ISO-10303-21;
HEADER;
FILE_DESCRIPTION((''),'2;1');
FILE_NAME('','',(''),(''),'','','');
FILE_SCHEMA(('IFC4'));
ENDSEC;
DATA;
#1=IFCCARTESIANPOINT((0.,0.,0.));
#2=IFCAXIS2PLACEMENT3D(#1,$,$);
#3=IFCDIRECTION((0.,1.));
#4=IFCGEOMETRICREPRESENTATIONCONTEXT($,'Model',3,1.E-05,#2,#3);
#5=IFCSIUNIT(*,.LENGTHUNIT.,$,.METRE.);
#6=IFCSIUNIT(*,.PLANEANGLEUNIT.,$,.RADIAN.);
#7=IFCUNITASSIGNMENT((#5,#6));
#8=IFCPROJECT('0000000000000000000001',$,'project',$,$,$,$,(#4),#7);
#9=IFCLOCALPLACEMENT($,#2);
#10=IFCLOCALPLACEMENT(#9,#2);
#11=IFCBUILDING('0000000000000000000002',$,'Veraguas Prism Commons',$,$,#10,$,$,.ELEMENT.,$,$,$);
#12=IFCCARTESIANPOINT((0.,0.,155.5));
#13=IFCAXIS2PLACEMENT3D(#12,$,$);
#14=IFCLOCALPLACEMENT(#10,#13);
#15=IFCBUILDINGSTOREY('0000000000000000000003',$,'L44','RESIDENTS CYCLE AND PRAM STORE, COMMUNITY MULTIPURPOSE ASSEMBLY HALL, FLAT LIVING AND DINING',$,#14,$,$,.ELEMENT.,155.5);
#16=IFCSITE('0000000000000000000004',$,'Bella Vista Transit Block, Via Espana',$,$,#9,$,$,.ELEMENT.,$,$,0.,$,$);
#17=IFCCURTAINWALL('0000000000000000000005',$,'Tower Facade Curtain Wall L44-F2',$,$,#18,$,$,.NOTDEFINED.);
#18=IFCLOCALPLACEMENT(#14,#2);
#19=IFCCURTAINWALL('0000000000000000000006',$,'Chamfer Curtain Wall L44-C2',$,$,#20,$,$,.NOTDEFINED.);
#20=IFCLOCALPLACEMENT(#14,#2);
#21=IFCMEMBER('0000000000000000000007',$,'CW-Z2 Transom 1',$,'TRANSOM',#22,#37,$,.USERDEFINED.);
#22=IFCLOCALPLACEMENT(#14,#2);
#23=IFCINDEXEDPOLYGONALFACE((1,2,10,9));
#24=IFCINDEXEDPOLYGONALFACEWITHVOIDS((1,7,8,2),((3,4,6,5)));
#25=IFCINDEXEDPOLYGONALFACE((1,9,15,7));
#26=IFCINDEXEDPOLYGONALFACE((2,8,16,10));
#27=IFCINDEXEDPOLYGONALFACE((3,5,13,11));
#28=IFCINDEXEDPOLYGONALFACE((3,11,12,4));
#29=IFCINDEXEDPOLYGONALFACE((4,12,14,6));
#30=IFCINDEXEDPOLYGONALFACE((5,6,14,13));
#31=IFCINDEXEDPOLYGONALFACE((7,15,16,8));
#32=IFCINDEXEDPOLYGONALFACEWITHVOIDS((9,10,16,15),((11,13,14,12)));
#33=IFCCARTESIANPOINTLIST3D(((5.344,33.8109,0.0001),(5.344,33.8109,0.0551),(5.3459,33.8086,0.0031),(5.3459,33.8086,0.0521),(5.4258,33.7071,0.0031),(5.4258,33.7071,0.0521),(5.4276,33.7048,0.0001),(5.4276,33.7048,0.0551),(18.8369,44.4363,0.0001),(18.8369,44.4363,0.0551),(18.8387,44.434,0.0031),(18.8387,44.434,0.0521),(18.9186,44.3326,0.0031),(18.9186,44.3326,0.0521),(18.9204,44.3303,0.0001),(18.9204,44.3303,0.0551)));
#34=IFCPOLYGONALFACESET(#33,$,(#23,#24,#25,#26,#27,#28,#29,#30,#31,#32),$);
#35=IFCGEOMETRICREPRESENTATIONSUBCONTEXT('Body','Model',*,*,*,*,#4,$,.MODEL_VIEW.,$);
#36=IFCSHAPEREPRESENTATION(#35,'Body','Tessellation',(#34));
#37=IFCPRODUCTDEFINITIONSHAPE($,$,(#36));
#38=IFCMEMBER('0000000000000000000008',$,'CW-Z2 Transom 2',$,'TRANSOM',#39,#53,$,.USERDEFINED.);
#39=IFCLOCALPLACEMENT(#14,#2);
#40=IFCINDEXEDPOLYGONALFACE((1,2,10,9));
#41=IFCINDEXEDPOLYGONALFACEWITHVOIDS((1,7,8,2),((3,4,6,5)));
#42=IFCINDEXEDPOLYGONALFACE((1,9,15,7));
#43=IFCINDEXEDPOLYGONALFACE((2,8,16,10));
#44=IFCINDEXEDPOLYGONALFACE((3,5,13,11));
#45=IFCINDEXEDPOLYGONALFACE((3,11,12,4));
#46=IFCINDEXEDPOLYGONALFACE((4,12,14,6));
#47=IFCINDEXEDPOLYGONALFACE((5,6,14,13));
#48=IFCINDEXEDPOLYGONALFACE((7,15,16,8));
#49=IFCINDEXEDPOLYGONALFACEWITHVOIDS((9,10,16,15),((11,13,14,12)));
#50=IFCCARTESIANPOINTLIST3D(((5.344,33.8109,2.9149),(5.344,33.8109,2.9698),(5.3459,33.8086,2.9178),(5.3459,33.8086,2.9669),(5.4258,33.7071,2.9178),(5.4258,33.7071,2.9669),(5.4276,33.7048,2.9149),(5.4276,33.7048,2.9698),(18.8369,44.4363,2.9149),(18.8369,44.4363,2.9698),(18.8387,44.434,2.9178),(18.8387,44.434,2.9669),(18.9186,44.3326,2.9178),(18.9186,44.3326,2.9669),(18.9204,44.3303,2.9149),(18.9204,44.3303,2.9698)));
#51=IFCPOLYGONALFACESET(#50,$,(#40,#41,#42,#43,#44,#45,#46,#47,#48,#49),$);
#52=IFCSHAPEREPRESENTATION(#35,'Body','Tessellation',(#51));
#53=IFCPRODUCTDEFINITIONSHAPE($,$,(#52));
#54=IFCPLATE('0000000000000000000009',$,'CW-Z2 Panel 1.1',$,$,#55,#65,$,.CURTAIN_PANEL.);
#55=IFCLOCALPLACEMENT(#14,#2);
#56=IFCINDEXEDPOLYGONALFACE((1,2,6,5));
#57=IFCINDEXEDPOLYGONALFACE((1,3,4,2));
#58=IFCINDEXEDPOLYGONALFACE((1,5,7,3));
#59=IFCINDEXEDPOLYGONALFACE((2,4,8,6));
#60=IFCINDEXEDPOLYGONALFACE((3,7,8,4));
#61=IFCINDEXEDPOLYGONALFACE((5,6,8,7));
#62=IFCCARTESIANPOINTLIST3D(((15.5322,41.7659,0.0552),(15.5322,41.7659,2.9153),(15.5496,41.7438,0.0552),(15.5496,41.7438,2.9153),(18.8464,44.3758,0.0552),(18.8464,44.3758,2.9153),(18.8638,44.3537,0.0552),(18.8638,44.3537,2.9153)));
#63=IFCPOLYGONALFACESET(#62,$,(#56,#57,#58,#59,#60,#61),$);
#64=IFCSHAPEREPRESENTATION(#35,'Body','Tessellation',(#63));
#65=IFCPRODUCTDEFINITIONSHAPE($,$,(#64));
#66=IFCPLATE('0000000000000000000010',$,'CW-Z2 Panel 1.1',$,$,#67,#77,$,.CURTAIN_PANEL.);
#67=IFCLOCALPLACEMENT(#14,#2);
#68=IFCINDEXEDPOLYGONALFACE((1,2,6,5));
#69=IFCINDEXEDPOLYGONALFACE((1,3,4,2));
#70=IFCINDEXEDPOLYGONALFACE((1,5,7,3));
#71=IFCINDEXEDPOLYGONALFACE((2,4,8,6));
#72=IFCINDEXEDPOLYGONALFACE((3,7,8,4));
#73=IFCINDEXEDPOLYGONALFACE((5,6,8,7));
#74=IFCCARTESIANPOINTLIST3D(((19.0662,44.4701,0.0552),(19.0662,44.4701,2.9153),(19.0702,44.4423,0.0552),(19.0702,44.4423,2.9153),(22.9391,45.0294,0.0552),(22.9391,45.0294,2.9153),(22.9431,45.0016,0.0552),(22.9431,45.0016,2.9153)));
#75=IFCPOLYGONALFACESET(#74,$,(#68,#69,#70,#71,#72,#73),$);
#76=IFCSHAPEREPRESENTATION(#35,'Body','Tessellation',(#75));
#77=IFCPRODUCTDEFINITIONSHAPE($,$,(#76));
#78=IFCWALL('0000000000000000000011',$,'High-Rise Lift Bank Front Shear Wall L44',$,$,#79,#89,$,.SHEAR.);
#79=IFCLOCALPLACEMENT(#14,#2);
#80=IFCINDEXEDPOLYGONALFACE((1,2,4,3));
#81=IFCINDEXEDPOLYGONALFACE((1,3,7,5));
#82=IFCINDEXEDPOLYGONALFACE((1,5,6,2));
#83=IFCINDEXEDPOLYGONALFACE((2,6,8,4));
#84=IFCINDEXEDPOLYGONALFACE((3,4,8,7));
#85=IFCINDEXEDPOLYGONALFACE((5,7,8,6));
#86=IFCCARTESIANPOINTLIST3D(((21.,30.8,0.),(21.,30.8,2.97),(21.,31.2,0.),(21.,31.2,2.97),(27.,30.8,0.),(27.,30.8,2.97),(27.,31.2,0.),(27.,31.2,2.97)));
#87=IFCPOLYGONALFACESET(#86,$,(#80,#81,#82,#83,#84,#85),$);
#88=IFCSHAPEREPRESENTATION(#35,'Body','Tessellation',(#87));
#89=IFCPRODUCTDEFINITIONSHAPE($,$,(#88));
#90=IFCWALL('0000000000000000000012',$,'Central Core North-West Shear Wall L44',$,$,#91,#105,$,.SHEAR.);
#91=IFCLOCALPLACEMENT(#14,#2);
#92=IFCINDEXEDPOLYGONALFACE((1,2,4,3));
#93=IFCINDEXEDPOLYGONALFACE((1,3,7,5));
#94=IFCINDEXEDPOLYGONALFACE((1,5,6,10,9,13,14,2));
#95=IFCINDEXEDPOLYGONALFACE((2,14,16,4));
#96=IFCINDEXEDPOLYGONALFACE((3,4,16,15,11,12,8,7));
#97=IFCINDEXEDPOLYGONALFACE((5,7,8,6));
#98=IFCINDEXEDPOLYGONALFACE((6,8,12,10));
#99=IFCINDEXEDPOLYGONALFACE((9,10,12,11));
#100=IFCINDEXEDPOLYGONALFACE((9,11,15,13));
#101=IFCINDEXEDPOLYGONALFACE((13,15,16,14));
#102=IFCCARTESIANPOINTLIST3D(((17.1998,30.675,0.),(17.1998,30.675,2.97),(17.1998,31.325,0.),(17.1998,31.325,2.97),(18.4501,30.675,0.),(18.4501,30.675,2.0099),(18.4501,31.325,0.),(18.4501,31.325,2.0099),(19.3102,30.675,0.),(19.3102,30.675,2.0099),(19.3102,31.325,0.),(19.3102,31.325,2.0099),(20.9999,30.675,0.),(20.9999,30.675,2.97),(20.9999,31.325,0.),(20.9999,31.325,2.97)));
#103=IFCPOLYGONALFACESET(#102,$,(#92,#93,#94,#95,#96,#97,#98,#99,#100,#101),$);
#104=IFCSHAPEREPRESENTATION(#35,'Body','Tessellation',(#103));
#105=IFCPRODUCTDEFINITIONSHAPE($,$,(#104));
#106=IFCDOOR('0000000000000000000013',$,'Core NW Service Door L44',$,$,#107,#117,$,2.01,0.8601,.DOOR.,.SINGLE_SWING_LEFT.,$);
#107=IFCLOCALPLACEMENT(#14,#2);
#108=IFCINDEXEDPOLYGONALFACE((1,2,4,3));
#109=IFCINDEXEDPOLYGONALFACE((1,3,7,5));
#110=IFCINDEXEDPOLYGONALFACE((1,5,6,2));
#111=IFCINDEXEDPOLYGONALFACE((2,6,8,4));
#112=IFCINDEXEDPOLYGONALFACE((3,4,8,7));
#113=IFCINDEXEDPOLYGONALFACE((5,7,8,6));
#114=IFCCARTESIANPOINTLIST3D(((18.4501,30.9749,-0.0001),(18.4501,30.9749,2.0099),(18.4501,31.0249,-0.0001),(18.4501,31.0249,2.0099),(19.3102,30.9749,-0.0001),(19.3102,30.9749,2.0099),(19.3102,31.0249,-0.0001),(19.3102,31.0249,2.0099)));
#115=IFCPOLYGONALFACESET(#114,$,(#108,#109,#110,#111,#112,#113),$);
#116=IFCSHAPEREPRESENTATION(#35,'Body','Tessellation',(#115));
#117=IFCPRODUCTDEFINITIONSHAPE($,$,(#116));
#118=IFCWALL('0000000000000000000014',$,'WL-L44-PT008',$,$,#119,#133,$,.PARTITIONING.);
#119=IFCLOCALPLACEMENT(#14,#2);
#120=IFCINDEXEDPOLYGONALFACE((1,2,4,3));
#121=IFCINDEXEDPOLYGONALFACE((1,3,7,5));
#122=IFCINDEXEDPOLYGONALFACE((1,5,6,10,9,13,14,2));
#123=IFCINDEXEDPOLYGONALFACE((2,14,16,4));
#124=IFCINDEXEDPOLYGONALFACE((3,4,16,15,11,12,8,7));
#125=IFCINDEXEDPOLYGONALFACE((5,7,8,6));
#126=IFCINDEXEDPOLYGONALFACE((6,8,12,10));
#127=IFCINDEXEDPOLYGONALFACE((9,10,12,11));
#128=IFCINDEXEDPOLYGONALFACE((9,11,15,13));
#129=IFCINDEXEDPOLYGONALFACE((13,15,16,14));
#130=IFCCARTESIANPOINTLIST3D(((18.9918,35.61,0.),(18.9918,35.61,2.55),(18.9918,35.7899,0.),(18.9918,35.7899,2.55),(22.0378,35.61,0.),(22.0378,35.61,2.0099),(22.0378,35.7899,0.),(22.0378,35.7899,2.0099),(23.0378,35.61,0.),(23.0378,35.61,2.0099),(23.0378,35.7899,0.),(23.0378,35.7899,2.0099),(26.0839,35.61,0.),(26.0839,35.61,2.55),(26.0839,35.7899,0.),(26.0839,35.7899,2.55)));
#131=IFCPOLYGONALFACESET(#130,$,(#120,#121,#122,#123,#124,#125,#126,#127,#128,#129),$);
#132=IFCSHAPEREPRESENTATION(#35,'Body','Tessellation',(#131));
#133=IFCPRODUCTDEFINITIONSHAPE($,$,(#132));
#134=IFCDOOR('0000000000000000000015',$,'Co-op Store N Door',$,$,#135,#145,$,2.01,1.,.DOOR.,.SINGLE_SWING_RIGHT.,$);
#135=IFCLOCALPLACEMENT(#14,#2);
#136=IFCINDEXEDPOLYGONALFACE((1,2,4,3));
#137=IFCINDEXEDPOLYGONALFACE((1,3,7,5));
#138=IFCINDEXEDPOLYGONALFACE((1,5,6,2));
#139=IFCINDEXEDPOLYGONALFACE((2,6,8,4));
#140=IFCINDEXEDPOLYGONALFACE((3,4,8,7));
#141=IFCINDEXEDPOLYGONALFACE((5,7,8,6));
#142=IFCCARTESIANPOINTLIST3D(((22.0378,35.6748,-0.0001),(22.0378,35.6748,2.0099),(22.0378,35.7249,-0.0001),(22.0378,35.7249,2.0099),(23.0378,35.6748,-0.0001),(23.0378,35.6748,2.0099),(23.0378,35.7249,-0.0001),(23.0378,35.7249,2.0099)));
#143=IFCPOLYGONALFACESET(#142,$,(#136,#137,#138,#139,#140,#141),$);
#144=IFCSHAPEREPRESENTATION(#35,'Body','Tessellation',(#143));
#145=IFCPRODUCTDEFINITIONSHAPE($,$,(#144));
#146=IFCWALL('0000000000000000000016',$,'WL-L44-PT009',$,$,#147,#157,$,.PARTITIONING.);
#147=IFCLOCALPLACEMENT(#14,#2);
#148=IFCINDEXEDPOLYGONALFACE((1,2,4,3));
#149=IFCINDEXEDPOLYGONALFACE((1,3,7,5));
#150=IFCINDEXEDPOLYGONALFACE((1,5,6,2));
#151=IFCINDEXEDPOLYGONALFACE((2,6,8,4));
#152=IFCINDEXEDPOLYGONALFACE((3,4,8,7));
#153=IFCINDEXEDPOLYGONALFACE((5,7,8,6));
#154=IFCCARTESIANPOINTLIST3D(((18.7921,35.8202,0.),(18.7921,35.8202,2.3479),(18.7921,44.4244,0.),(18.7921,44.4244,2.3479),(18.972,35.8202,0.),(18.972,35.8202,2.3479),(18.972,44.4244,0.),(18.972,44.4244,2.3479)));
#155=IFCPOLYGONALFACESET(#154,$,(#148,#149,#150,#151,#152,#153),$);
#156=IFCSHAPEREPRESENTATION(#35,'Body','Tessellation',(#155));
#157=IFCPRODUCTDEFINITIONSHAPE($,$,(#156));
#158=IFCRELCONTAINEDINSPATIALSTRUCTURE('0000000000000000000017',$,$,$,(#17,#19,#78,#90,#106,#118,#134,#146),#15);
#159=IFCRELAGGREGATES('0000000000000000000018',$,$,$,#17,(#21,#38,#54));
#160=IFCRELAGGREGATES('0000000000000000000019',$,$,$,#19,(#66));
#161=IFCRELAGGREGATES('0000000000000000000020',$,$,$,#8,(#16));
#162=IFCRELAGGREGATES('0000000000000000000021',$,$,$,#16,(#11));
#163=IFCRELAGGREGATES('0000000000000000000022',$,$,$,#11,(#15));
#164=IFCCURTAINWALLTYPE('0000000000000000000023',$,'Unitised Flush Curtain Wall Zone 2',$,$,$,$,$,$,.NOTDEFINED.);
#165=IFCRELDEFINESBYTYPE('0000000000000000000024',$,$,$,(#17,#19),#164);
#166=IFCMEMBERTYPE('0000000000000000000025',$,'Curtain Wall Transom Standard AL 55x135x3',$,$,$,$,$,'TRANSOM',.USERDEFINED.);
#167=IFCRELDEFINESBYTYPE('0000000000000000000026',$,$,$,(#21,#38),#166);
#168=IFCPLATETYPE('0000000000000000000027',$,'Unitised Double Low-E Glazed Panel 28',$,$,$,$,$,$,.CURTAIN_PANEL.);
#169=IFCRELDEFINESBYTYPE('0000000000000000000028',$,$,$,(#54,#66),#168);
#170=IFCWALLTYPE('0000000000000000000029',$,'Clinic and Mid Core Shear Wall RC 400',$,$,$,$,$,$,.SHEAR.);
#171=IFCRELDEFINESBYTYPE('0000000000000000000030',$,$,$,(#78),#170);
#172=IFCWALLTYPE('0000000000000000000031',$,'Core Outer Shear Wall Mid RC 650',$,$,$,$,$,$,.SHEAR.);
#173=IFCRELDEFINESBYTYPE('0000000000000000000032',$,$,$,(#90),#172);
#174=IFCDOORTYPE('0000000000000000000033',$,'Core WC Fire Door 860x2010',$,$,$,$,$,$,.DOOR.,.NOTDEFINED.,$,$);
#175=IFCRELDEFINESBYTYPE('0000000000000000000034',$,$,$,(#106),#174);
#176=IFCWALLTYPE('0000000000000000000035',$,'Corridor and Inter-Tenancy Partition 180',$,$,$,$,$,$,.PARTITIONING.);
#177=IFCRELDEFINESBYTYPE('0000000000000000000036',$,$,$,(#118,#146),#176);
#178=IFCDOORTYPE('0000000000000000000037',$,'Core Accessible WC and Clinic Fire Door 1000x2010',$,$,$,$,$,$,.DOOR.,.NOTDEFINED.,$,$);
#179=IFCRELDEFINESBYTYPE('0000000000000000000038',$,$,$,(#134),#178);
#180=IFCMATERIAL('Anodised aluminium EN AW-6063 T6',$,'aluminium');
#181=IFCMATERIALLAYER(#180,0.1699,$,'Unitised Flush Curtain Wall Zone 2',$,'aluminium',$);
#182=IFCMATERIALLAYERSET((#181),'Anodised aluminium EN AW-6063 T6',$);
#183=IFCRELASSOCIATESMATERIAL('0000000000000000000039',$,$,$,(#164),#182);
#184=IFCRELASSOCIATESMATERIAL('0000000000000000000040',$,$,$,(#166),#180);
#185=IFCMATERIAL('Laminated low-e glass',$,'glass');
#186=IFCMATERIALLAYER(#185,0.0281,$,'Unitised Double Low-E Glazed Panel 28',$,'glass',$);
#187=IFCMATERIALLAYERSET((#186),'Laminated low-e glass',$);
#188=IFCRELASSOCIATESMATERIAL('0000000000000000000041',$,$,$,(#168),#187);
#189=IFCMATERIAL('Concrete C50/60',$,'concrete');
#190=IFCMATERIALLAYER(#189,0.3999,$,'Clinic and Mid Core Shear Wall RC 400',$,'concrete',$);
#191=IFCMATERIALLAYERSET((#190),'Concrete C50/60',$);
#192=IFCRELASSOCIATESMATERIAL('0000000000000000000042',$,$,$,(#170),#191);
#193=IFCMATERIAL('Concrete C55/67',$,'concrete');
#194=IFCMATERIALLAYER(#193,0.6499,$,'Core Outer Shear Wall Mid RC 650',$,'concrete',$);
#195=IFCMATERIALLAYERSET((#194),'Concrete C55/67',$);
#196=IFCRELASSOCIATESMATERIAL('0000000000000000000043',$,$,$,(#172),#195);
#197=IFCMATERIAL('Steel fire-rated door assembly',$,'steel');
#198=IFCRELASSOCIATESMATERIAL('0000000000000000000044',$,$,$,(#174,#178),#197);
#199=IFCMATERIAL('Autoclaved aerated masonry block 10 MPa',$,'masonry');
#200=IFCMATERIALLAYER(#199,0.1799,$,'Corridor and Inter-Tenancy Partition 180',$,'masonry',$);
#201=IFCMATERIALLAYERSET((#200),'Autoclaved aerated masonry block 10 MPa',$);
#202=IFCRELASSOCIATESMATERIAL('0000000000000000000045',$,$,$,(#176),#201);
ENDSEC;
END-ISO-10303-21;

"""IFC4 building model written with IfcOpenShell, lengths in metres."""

from ifc_helpers import new_model, si_unit, direction, frame, frame_2d, origin, origin_2d, place, context, subcontext, project, spatial, rectangle, hollow_rectangle, extrude, source, transform, mapped, material, layer, layer_set, material_profile, profile_set, type_object, element, fill, aggregate, save


model = new_model("IFC4")

# Units and contexts
model_context = context("Model", 3, precision=1e-05, world=origin(), true_north=direction((0.0, 1.0)))
body_context = subcontext(model_context, "Body", "Model", "MODEL_VIEW")
ifc_project = project(units=[si_unit("LENGTHUNIT", "METRE"), si_unit("PLANEANGLEUNIT", "RADIAN")], contexts=[model_context])

# Site, building, storey
site_placement = place(None, origin())
site = spatial("IfcSite", under=ifc_project, at=site_placement, Name="Bella Vista Transit Block, Via Espana", CompositionType="ELEMENT", RefElevation=0.0)
building_placement = place(site_placement, origin())
building = spatial("IfcBuilding", under=site, at=building_placement, Name="Veraguas Prism Commons", CompositionType="ELEMENT")
storey_placement = place(building_placement, frame((0.0, 0.0, 155.5)))
storey = spatial("IfcBuildingStorey", under=building, at=storey_placement, Name="L44", Description="RESIDENTS CYCLE AND PRAM STORE, COMMUNITY MULTIPURPOSE ASSEMBLY HALL, FLAT LIVING AND DINING", CompositionType="ELEMENT", Elevation=155.5)

# Shared definitions
ifc_material_1 = material(Name="Concrete C50/60", Category="concrete")

# Curtain wall
ifc_material_2 = material(Name="Anodised aluminium EN AW-6063 T6", Category="aluminium")
ifc_layer_1 = layer(ifc_material_2, 0.1699, Name="Unitised Flush Curtain Wall Zone 2", Category="aluminium")
ifc_layer_set_1 = layer_set([ifc_layer_1], Name="Anodised aluminium EN AW-6063 T6")
curtain_wall_type = type_object("IfcCurtainWallType", Name="Unitised Flush Curtain Wall Zone 2", PredefinedType="NOTDEFINED", material=ifc_layer_set_1)
curtain_wall_1_placement = place(storey_placement, origin())
curtain_wall_1 = element("IfcCurtainWall", 1, at=curtain_wall_1_placement, inside=storey, type_object=curtain_wall_type, Name="Tower Facade Curtain Wall L44-F2", PredefinedType="NOTDEFINED")

# Curtain wall
curtain_wall_2_placement = place(storey_placement, origin())
curtain_wall_2 = element("IfcCurtainWall", 2, at=curtain_wall_2_placement, inside=storey, type_object=curtain_wall_type, Name="Chamfer Curtain Wall L44-C2", PredefinedType="NOTDEFINED")

# Members
ifc_material_profile_1 = material_profile(ifc_material_2, hollow_rectangle(XDim=0.0549, YDim=0.135, WallThickness=0.0029, at=origin_2d()), Name="AL55X135X3")
ifc_profile_set_1 = profile_set([ifc_material_profile_1], Name="Anodised aluminium EN AW-6063 T6")
member_type_1 = type_object("IfcMemberType", Name="Curtain Wall Transom Standard AL 55x135x3", ElementType="TRANSOM", PredefinedType="USERDEFINED", material=ifc_profile_set_1)
shared_shape_1 = source(origin(), body_context, "Body", "SweptSolid", [
    extrude(hollow_rectangle(XDim=0.0549, YDim=0.135, WallThickness=0.0029, at=origin_2d()), origin(), (0.0, 0.0, 1.0), 17.1743),
])
member_1_placement = place(storey_placement, frame((18.8787, 44.3833, 0.0276), z_axis=(-0.785642, -0.618682, 0.0), x_axis=(0.0, 0.0, 1.0)))
member_1 = element("IfcMember", 3, at=member_1_placement, type_object=member_type_1, Name="CW-Z2 Transom 1", ObjectType="TRANSOM", PredefinedType="USERDEFINED", context=body_context, shape_type="MappedRepresentation", body=[
    mapped(shared_shape_1, transform((0.0, 0.0, 0.0), scale=1.0)),
])
member_2_placement = place(storey_placement, frame((18.8787, 44.3833, 2.9424), z_axis=(-0.785642, -0.618682, 0.0), x_axis=(0.0, 0.0, 1.0)))
member_2 = element("IfcMember", 4, at=member_2_placement, type_object=member_type_1, Name="CW-Z2 Transom 2", ObjectType="TRANSOM", PredefinedType="USERDEFINED", context=body_context, shape_type="MappedRepresentation", body=[
    mapped(shared_shape_1, transform((0.0, 0.0, 0.0), scale=1.0)),
])

# Plates
ifc_material_3 = material(Name="Laminated low-e glass", Category="glass")
ifc_layer_2 = layer(ifc_material_3, 0.0281, Name="Unitised Double Low-E Glazed Panel 28", Category="glass")
ifc_layer_set_2 = layer_set([ifc_layer_2], Name="Laminated low-e glass")
plate_type = type_object("IfcPlateType", Name="Unitised Double Low-E Glazed Panel 28", PredefinedType="CURTAIN_PANEL", material=ifc_layer_set_2)
shared_shape_2 = source(origin(), body_context, "Body", "SweptSolid", [
    extrude(rectangle(XDim=4.2185, YDim=0.0281, at=origin_2d()), origin(), (0.0, 0.0, 1.0), 2.8601),
])
plate_1_placement = place(storey_placement, frame((17.198, 43.0598, 0.0552), z_axis=(0.0, 0.0, 1.0), x_axis=(-0.78564, -0.618684, 0.0)))
plate_1 = element("IfcPlate", 5, at=plate_1_placement, type_object=plate_type, Name="CW-Z2 Panel 1.1", PredefinedType="CURTAIN_PANEL", context=body_context, shape_type="MappedRepresentation", body=[
    mapped(shared_shape_2, transform((0.0, 0.0, 0.0), scale=1.0)),
])
aggregate(curtain_wall_1, [member_1, member_2, plate_1])
shared_shape_3 = source(origin(), body_context, "Body", "SweptSolid", [
    extrude(rectangle(XDim=3.9131, YDim=0.0281, at=origin_2d()), origin(), (0.0, 0.0, 1.0), 2.8601),
])
plate_2_placement = place(storey_placement, frame((21.0046, 44.7358, 0.0552), z_axis=(0.0, 0.0, 1.0), x_axis=(-0.989731, -0.142942, 0.0)))
plate_2 = element("IfcPlate", 6, at=plate_2_placement, type_object=plate_type, Name="CW-Z2 Panel 1.1", PredefinedType="CURTAIN_PANEL", context=body_context, shape_type="MappedRepresentation", body=[
    mapped(shared_shape_3, transform((0.0, 0.0, 0.0), scale=1.0)),
])
aggregate(curtain_wall_2, [plate_2])

# Wall
ifc_layer_3 = layer(ifc_material_1, 0.3999, Name="Clinic and Mid Core Shear Wall RC 400", Category="concrete")
ifc_layer_set_3 = layer_set([ifc_layer_3], Name="Concrete C50/60")
wall_type_1 = type_object("IfcWallType", Name="Clinic and Mid Core Shear Wall RC 400", PredefinedType="SHEAR", material=ifc_layer_set_3)
wall_1_placement = place(storey_placement, frame((21.0, 31.0, 0.0), z_axis=(0.0, 0.0, 1.0), x_axis=(1.0, 0.0, 0.0)))
element("IfcWall", 7, at=wall_1_placement, inside=storey, type_object=wall_type_1, Name="High-Rise Lift Bank Front Shear Wall L44", PredefinedType="SHEAR", context=body_context, shape_type="SweptSolid", body=[
    extrude(rectangle(XDim=6.0, YDim=0.3999, at=frame_2d((3.0, 0.0))), origin(), (0.0, 0.0, 1.0), 2.97),
])

# Walls, openings, doors
ifc_material_4 = material(Name="Concrete C55/67", Category="concrete")
ifc_layer_4 = layer(ifc_material_4, 0.6499, Name="Core Outer Shear Wall Mid RC 650", Category="concrete")
ifc_layer_set_4 = layer_set([ifc_layer_4], Name="Concrete C55/67")
wall_type_2 = type_object("IfcWallType", Name="Core Outer Shear Wall Mid RC 650", PredefinedType="SHEAR", material=ifc_layer_set_4)
wall_2_placement = place(storey_placement, frame((17.2, 31.0, 0.0), z_axis=(0.0, 0.0, 1.0), x_axis=(1.0, 0.0, 0.0)))
wall_2 = element("IfcWall", 8, at=wall_2_placement, inside=storey, type_object=wall_type_2, Name="Central Core North-West Shear Wall L44", PredefinedType="SHEAR", context=body_context, shape_type="SweptSolid", body=[
    extrude(rectangle(XDim=3.8, YDim=0.6499, at=frame_2d((1.8999, 0.0))), origin(), (0.0, 0.0, 1.0), 2.97),
])
opening_1_placement = place(wall_2_placement, frame((1.25, 0.0, 0.0)))
opening_1 = element("IfcOpeningElement", 9, at=opening_1_placement, cuts=wall_2, PredefinedType="OPENING", context=body_context, shape_type="SweptSolid", body=[
    extrude(rectangle(XDim=0.8601, YDim=2.01, at=frame_2d((0.4302, 1.0049))), frame((0.0, 0.335, 0.0), z_axis=(0.0, -1.0, 0.0), x_axis=(1.0, 0.0, 0.0)), (0.0, 0.0, 1.0), 0.6699),
])
ifc_material_5 = material(Name="Steel fire-rated door assembly", Category="steel")
door_type_1 = type_object("IfcDoorType", Name="Core WC Fire Door 860x2010", OperationType="NOTDEFINED", PredefinedType="DOOR", material=ifc_material_5)
shared_shape_4 = source(origin(), body_context, "Body", "SweptSolid", [
    extrude(rectangle(XDim=0.8601, YDim=2.01, at=frame_2d((0.4302, 1.0049))), frame((0.0, 0.0249, 0.0), z_axis=(0.0, -1.0, 0.0), x_axis=(1.0, 0.0, 0.0)), (0.0, 0.0, 1.0), 0.05),
])
door_1_placement = place(opening_1_placement, origin())
door_1 = element("IfcDoor", 10, at=door_1_placement, inside=storey, type_object=door_type_1, Name="Core NW Service Door L44", OperationType="SINGLE_SWING_LEFT", OverallHeight=2.01, OverallWidth=0.8601, PredefinedType="DOOR", context=body_context, shape_type="MappedRepresentation", body=[
    mapped(shared_shape_4, transform((0.0, 0.0, 0.0), scale=1.0)),
])
fill(opening_1, door_1)
ifc_material_6 = material(Name="Autoclaved aerated masonry block 10 MPa", Category="masonry")
ifc_layer_5 = layer(ifc_material_6, 0.1799, Name="Corridor and Inter-Tenancy Partition 180", Category="masonry")
ifc_layer_set_5 = layer_set([ifc_layer_5], Name="Autoclaved aerated masonry block 10 MPa")
wall_type_3 = type_object("IfcWallType", Name="Corridor and Inter-Tenancy Partition 180", PredefinedType="PARTITIONING", material=ifc_layer_set_5)
wall_3_placement = place(storey_placement, frame((18.9919, 35.7, 0.0), z_axis=(0.0, 0.0, 1.0), x_axis=(1.0, 0.0, 0.0)))
wall_3 = element("IfcWall", 11, at=wall_3_placement, inside=storey, type_object=wall_type_3, Name="WL-L44-PT008", PredefinedType="PARTITIONING", context=body_context, shape_type="SweptSolid", body=[
    extrude(rectangle(XDim=7.092, YDim=0.1799, at=frame_2d((3.5459, 0.0))), origin(), (0.0, 0.0, 1.0), 2.55),
])
opening_2_placement = place(wall_3_placement, frame((3.0459, 0.0, 0.0)))
opening_2 = element("IfcOpeningElement", 12, at=opening_2_placement, cuts=wall_3, PredefinedType="OPENING", context=body_context, shape_type="SweptSolid", body=[
    extrude(rectangle(XDim=1.0, YDim=2.01, at=frame_2d((0.5, 1.0049))), frame((0.0, 0.0999, 0.0), z_axis=(0.0, -1.0, 0.0), x_axis=(1.0, 0.0, 0.0)), (0.0, 0.0, 1.0), 0.2),
])
door_type_2 = type_object("IfcDoorType", Name="Core Accessible WC and Clinic Fire Door 1000x2010", OperationType="NOTDEFINED", PredefinedType="DOOR", material=ifc_material_5)
shared_shape_5 = source(origin(), body_context, "Body", "SweptSolid", [
    extrude(rectangle(XDim=1.0, YDim=2.01, at=frame_2d((0.5, 1.0049))), frame((0.0, 0.0249, 0.0), z_axis=(0.0, -1.0, 0.0), x_axis=(1.0, 0.0, 0.0)), (0.0, 0.0, 1.0), 0.05),
])
door_2_placement = place(opening_2_placement, origin())
door_2 = element("IfcDoor", 13, at=door_2_placement, inside=storey, type_object=door_type_2, Name="Co-op Store N Door", OperationType="SINGLE_SWING_RIGHT", OverallHeight=2.01, OverallWidth=1.0, PredefinedType="DOOR", context=body_context, shape_type="MappedRepresentation", body=[
    mapped(shared_shape_5, transform((0.0, 0.0, 0.0), scale=1.0)),
])
fill(opening_2, door_2)

# Wall
wall_4_placement = place(storey_placement, frame((18.8821, 35.8201, 0.0), z_axis=(0.0, 0.0, 1.0), x_axis=(0.0, 1.0, 0.0)))
element("IfcWall", 14, at=wall_4_placement, inside=storey, type_object=wall_type_3, Name="WL-L44-PT009", PredefinedType="PARTITIONING", context=body_context, shape_type="SweptSolid", body=[
    extrude(rectangle(XDim=8.6042, YDim=0.1799, at=frame_2d((4.3022, 0.0))), origin(), (0.0, 0.0, 1.0), 2.3479),
])

save(model, "model.ifc")
